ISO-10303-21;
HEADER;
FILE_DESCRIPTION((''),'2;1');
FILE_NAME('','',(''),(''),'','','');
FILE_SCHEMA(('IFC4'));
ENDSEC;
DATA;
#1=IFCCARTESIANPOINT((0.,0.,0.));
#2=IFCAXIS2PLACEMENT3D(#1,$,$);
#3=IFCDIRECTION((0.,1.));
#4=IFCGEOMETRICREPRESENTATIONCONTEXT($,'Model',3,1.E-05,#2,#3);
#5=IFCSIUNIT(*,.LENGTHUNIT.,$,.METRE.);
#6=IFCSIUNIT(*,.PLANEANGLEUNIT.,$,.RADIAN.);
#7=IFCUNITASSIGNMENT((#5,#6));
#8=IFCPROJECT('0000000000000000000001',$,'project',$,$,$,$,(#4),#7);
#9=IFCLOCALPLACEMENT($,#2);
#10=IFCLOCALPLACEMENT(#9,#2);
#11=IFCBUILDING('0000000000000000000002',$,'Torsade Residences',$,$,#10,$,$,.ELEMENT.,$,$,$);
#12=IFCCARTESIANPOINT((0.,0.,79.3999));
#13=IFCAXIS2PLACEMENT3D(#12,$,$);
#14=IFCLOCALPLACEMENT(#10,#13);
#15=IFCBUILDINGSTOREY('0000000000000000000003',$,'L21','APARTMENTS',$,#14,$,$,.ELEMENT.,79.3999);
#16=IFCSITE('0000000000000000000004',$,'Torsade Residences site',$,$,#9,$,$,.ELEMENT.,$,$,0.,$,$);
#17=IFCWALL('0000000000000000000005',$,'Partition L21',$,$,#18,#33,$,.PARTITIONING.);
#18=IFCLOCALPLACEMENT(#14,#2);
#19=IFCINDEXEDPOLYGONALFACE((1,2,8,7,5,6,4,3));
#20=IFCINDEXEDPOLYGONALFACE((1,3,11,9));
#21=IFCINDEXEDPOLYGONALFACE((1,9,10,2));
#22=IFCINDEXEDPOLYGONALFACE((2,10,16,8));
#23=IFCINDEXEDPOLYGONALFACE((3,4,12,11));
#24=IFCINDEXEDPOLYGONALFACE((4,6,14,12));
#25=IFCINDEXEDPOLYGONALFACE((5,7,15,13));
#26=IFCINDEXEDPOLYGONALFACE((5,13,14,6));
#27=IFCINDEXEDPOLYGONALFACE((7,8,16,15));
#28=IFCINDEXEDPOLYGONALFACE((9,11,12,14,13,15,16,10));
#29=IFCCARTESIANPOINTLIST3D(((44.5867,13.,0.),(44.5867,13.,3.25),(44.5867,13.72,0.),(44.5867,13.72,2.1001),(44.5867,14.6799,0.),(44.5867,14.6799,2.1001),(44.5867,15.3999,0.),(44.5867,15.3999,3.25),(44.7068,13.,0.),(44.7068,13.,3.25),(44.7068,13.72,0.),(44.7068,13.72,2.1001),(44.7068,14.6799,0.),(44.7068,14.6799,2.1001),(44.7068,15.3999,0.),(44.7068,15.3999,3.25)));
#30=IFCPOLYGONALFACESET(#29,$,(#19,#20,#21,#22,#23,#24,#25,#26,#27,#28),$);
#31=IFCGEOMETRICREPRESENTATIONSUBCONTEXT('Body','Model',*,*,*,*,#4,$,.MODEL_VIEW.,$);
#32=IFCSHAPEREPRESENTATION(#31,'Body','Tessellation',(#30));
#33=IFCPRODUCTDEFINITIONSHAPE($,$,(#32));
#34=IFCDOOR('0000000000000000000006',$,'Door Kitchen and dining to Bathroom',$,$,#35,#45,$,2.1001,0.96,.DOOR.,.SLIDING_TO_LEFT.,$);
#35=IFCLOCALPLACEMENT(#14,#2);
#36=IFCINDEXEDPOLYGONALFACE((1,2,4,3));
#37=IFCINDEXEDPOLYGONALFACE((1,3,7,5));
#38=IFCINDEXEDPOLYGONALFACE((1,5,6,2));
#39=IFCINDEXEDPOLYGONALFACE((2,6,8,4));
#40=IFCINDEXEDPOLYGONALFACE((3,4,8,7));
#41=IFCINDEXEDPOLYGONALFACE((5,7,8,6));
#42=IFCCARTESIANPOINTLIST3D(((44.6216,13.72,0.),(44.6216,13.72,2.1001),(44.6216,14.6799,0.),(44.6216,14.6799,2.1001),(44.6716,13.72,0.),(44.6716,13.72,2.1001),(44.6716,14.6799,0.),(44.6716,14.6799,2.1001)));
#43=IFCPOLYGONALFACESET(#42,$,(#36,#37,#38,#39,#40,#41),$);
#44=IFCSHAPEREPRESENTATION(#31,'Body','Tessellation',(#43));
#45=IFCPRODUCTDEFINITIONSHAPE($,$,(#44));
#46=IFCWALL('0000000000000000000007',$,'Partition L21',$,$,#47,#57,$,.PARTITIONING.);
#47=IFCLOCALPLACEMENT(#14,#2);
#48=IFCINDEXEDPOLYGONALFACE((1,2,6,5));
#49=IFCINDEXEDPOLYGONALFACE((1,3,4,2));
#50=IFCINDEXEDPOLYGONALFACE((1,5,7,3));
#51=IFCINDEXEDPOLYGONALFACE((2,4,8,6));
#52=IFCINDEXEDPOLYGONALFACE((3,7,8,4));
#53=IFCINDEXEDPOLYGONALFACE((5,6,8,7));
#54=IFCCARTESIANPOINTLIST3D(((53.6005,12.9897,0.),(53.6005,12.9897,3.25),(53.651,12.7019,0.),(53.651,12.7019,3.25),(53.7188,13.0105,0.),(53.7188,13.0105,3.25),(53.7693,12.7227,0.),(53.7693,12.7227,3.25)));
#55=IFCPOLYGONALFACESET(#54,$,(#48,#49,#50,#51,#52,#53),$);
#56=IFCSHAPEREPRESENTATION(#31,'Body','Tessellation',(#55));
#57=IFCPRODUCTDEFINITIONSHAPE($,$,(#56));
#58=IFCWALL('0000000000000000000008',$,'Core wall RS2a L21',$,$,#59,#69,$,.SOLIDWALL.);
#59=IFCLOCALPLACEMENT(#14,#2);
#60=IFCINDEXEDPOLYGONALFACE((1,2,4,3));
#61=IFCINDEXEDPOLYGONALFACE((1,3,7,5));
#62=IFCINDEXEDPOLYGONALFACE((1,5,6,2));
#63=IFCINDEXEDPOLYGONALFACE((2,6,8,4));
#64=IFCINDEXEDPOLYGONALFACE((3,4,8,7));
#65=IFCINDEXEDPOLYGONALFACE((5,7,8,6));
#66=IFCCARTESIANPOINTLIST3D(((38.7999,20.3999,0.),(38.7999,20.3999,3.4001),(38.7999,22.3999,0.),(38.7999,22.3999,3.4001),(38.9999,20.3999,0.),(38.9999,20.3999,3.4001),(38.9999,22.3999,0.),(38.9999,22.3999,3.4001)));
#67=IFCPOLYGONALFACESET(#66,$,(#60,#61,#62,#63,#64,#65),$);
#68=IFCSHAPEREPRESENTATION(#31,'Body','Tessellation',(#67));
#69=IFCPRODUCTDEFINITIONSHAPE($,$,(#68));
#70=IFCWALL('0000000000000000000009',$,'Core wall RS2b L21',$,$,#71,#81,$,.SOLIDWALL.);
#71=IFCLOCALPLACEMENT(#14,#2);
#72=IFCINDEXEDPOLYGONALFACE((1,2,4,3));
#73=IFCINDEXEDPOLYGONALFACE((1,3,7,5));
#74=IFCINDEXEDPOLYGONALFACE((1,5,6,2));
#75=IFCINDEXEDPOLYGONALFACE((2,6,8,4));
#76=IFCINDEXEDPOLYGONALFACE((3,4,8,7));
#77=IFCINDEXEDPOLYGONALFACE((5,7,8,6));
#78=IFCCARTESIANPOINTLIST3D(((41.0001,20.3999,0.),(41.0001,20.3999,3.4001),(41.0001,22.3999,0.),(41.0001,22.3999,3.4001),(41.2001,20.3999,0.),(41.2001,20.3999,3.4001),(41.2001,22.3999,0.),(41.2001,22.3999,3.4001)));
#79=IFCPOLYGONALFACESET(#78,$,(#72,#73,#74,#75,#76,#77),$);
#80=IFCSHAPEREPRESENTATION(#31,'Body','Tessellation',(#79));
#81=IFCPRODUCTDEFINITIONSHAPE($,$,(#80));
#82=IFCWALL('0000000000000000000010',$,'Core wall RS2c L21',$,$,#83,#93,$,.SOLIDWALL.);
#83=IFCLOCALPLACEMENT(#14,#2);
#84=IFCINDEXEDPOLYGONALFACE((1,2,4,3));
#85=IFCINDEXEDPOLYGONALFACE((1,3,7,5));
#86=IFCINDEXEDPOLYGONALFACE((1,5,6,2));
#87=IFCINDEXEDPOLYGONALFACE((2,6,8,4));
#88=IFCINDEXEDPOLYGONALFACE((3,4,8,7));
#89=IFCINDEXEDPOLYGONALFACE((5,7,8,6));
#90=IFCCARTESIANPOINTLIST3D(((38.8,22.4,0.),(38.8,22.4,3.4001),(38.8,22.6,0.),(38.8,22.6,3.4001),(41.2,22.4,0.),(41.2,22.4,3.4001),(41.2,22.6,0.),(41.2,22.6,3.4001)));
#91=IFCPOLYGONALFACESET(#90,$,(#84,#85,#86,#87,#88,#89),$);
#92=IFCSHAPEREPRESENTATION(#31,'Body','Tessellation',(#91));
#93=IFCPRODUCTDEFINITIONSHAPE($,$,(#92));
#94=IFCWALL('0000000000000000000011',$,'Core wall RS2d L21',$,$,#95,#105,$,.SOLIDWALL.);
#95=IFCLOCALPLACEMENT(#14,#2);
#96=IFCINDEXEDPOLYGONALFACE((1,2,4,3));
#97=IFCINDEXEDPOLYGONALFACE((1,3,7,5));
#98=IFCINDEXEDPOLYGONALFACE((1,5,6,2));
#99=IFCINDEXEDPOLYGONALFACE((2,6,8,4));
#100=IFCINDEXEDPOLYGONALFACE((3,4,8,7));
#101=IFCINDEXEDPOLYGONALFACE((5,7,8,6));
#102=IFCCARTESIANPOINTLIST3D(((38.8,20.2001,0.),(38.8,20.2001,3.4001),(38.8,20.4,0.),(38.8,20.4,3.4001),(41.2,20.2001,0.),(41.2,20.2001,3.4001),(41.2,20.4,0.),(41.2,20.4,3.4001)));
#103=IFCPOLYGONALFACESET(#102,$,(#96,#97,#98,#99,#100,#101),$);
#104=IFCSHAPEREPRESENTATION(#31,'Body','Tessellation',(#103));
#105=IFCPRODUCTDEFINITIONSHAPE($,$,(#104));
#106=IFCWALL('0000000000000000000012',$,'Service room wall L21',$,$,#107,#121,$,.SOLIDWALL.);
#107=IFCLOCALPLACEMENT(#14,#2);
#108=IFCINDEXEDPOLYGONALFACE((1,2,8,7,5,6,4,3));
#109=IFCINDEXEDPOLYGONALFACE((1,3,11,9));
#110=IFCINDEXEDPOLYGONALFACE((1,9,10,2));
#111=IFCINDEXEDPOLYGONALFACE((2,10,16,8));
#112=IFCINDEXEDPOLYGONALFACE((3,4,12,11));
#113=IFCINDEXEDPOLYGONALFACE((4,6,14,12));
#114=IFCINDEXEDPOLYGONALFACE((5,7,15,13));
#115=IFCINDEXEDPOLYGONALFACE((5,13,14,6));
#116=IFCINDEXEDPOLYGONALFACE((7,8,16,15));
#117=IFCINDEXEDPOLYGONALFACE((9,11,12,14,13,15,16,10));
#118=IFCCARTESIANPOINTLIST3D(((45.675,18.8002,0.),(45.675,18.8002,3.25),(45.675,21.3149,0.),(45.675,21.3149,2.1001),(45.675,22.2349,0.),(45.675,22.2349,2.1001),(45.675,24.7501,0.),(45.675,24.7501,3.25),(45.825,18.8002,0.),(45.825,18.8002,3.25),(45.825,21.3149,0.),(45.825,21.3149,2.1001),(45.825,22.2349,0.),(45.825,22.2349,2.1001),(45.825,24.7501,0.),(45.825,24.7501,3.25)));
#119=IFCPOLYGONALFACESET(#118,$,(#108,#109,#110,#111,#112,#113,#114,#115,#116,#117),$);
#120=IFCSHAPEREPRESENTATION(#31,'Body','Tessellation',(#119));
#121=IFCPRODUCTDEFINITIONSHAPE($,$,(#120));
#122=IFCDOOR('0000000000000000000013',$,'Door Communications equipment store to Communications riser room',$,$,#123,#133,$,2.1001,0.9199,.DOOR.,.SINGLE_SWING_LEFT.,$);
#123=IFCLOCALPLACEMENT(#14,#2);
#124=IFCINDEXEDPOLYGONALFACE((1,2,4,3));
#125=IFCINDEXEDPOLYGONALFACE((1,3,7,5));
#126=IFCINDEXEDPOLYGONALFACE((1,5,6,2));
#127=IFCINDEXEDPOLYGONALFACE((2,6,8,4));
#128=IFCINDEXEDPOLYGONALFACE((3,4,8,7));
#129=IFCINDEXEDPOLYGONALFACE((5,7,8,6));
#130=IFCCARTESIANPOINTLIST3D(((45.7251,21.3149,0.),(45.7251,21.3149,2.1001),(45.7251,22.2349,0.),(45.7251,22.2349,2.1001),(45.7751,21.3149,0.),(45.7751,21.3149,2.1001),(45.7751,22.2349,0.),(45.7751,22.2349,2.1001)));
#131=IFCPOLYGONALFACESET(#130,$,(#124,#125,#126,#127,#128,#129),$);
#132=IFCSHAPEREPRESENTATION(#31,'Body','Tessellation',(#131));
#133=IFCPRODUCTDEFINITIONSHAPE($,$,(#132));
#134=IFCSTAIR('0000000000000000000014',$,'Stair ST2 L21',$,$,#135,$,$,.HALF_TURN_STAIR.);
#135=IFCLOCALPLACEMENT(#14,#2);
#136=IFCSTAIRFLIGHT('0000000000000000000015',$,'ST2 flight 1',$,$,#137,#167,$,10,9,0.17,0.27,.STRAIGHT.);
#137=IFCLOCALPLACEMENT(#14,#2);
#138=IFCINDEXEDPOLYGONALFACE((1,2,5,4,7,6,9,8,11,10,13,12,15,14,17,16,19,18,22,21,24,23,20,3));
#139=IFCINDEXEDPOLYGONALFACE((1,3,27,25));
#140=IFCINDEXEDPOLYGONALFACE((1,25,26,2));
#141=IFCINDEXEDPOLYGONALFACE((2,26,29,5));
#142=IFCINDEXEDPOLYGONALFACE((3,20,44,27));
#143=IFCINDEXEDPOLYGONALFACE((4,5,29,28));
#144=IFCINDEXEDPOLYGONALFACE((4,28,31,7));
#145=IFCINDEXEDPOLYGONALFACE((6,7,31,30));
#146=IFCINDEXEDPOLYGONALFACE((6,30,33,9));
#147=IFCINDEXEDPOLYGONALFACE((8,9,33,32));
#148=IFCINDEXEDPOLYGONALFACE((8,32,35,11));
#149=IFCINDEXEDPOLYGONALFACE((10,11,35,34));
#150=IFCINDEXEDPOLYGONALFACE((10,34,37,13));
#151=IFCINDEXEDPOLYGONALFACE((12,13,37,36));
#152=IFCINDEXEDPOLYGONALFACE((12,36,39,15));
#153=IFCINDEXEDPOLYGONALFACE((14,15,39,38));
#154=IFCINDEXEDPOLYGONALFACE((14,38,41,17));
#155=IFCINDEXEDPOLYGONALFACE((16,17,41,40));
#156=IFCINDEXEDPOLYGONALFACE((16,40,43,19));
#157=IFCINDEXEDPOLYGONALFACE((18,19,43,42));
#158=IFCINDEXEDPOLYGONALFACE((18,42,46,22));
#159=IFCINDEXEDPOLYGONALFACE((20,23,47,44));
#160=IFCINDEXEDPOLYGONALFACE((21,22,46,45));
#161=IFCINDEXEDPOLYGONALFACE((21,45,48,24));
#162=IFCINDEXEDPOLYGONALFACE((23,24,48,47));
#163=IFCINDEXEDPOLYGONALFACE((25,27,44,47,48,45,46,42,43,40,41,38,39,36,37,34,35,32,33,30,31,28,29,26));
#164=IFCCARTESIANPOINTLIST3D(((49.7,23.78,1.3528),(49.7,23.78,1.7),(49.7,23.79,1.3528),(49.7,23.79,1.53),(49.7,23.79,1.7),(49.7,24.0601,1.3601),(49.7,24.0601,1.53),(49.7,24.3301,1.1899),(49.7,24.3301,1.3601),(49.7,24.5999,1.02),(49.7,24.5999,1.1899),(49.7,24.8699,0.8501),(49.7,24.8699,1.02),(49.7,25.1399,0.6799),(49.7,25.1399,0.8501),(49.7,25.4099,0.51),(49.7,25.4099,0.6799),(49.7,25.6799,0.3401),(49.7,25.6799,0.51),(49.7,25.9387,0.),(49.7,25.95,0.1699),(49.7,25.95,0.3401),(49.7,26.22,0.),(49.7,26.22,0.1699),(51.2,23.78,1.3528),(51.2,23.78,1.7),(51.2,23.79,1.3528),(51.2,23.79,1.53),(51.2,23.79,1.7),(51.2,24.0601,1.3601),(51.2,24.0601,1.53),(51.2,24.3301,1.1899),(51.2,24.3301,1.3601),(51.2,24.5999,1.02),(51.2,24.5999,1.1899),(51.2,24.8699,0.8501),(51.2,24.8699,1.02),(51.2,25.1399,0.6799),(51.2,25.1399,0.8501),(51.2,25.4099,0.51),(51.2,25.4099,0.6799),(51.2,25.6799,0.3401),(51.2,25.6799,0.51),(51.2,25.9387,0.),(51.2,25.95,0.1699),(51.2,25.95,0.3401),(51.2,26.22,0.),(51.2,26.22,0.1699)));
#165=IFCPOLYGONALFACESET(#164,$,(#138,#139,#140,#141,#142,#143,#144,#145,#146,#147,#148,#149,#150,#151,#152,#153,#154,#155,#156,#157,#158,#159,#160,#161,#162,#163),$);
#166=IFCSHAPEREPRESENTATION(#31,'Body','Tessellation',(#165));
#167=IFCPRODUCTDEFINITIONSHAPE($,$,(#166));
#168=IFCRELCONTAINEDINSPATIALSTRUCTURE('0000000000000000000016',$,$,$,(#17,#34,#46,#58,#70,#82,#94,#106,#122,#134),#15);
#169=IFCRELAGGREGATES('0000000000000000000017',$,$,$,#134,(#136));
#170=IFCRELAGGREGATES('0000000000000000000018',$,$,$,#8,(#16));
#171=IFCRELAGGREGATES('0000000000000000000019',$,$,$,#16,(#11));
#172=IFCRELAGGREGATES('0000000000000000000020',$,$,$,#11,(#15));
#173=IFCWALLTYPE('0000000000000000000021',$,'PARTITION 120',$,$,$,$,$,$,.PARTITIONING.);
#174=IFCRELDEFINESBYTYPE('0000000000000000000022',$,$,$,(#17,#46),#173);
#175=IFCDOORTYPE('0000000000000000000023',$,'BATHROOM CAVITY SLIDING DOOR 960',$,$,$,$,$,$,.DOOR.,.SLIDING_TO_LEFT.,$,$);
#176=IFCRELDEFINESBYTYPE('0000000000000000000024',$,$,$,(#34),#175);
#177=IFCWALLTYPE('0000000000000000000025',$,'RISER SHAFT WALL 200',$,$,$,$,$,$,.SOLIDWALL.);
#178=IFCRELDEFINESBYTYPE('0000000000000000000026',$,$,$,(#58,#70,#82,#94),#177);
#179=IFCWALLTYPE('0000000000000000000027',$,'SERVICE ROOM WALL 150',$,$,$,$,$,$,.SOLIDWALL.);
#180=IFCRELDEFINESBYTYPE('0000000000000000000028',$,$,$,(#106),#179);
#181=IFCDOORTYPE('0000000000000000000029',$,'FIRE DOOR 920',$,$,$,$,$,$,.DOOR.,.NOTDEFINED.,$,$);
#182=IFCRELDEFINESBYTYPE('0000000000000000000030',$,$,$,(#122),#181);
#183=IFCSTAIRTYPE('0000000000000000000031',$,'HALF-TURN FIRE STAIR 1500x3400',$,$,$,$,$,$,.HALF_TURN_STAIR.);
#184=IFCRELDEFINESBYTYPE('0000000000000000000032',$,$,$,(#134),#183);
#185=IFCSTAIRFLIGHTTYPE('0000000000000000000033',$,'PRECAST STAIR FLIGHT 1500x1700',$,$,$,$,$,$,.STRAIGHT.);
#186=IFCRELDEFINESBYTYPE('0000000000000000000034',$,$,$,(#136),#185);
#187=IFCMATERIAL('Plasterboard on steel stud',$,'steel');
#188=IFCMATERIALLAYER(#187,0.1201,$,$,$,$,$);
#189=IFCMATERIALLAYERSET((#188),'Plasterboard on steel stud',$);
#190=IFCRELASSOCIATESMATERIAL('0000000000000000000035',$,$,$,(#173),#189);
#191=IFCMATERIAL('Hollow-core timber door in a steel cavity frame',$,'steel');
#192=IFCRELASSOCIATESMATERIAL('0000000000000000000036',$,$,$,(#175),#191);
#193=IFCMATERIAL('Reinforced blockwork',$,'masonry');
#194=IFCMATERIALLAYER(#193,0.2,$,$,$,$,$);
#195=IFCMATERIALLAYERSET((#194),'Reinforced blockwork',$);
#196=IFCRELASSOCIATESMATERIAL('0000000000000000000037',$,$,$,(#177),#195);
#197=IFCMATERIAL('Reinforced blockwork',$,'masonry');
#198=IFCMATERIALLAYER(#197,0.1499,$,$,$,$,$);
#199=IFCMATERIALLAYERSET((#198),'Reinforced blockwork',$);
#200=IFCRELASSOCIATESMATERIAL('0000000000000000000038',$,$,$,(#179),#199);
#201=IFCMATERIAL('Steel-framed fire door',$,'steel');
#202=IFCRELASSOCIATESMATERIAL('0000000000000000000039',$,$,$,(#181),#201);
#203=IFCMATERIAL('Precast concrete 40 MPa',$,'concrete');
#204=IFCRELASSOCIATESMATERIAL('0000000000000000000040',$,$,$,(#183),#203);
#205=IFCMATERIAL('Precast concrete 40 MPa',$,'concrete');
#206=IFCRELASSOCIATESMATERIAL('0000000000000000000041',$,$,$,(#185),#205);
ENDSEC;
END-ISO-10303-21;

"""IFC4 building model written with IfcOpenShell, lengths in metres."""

from ifc_helpers import new_model, si_unit, direction, frame, frame_2d, origin, place, context, subcontext, project, spatial, polyline, rectangle, outline, extrude, material, layer, layer_set, type_object, element, fill, aggregate, save


model = new_model("IFC4")

# Units and contexts
model_context = context("Model", 3, precision=1e-05, world=origin(), true_north=direction((0.0, 1.0)))
body_context = subcontext(model_context, "Body", "Model", "MODEL_VIEW")
ifc_project = project(units=[si_unit("LENGTHUNIT", "METRE"), si_unit("PLANEANGLEUNIT", "RADIAN")], contexts=[model_context])

# Site, building, storey
site_placement = place(None, origin())
site = spatial("IfcSite", under=ifc_project, at=site_placement, Name="Torsade Residences site", CompositionType="ELEMENT", RefElevation=0.0)
building_placement = place(site_placement, origin())
building = spatial("IfcBuilding", under=site, at=building_placement, Name="Torsade Residences", CompositionType="ELEMENT")
storey_placement = place(building_placement, frame((0.0, 0.0, 79.3999)))
storey = spatial("IfcBuildingStorey", under=building, at=storey_placement, Name="L21", Description="APARTMENTS", CompositionType="ELEMENT", Elevation=79.3999)

# Wall, opening, door
ifc_material_1 = material(Name="Plasterboard on steel stud", Category="steel")
ifc_layer_1 = layer(ifc_material_1, 0.1201)
ifc_layer_set_1 = layer_set([ifc_layer_1], Name="Plasterboard on steel stud")
wall_type_1 = type_object("IfcWallType", Name="PARTITION 120", PredefinedType="PARTITIONING", material=ifc_layer_set_1)
wall_1_placement = place(storey_placement, frame((44.6467, 15.3999, 0.0), z_axis=(0.0, 0.0, 1.0), x_axis=(0.0, -1.0, 0.0)))
wall_1 = element("IfcWall", 1, at=wall_1_placement, inside=storey, type_object=wall_type_1, Name="Partition L21", PredefinedType="PARTITIONING", context=body_context, shape_type="SweptSolid", body=[
    extrude(rectangle(XDim=2.3999, YDim=0.1201, at=frame_2d((1.2, 0.0))), origin(), (0.0, 0.0, 1.0), 3.25),
])
opening_1_placement = place(wall_1_placement, frame((0.72, 0.0, 0.0)))
opening_1 = element("IfcOpeningElement", 2, at=opening_1_placement, cuts=wall_1, PredefinedType="OPENING", context=body_context, shape_type="SweptSolid", body=[
    extrude(rectangle(XDim=0.96, YDim=2.1001, at=frame_2d((0.48, 1.05))), frame((0.0, 0.0701, 0.0), z_axis=(0.0, -1.0, 0.0), x_axis=(1.0, 0.0, 0.0)), (0.0, 0.0, 1.0), 0.1401),
])
ifc_material_2 = material(Name="Hollow-core timber door in a steel cavity frame", Category="steel")
door_type_1 = type_object("IfcDoorType", Name="BATHROOM CAVITY SLIDING DOOR 960", OperationType="SLIDING_TO_LEFT", PredefinedType="DOOR", material=ifc_material_2)
door_1_placement = place(opening_1_placement, origin())
door_1 = element("IfcDoor", 3, at=door_1_placement, inside=storey, type_object=door_type_1, Name="Door Kitchen and dining to Bathroom", OperationType="SLIDING_TO_LEFT", OverallHeight=2.1001, OverallWidth=0.96, PredefinedType="DOOR", context=body_context, shape_type="SweptSolid", body=[
    extrude(rectangle(XDim=0.96, YDim=2.1001, at=frame_2d((0.48, 1.05))), frame((0.0, 0.0249, 0.0), z_axis=(0.0, -1.0, 0.0), x_axis=(1.0, 0.0, 0.0)), (0.0, 0.0, 1.0), 0.05),
])
fill(opening_1, door_1)

# Walls
wall_2_placement = place(storey_placement, frame((53.6597, 13.0, 0.0), z_axis=(0.0, 0.0, 1.0), x_axis=(0.172927, -0.984935, 0.0)))
element("IfcWall", 4, at=wall_2_placement, inside=storey, type_object=wall_type_1, Name="Partition L21", PredefinedType="PARTITIONING", context=body_context, shape_type="SweptSolid", body=[
    extrude(rectangle(XDim=0.2922, YDim=0.1201, at=frame_2d((0.146, 0.0))), origin(), (0.0, 0.0, 1.0), 3.25),
])
ifc_material_3 = material(Name="Reinforced blockwork", Category="masonry")
ifc_layer_2 = layer(ifc_material_3, 0.2)
ifc_layer_set_2 = layer_set([ifc_layer_2], Name="Reinforced blockwork")
wall_type_2 = type_object("IfcWallType", Name="RISER SHAFT WALL 200", PredefinedType="SOLIDWALL", material=ifc_layer_set_2)
for number, where, z_axis, x_axis, name in (
    (5, (38.8999, 22.3999, 0.0), (0.0, 0.0, 1.0), (0.0, -1.0, 0.0), "Core wall RS2a L21"),
    (6, (41.1001, 22.3999, 0.0), (0.0, 0.0, 1.0), (0.0, -1.0, 0.0), "Core wall RS2b L21"),
):
    element("IfcWall", number, at=place(storey_placement, frame(where, z_axis=z_axis, x_axis=x_axis)), inside=storey, type_object=wall_type_2, Name=name, PredefinedType="SOLIDWALL", context=body_context, shape_type="SweptSolid", body=[
        extrude(rectangle(XDim=2.0, YDim=0.2, at=frame_2d((1.0, 0.0))), origin(), (0.0, 0.0, 1.0), 3.4001),
    ])
for number, where, z_axis, x_axis, name in (
    (7, (38.8, 22.5, 0.0), (0.0, 0.0, 1.0), (1.0, 0.0, 0.0), "Core wall RS2c L21"),
    (8, (38.8, 20.3, 0.0), (0.0, 0.0, 1.0), (1.0, 0.0, 0.0), "Core wall RS2d L21"),
):
    element("IfcWall", number, at=place(storey_placement, frame(where, z_axis=z_axis, x_axis=x_axis)), inside=storey, type_object=wall_type_2, Name=name, PredefinedType="SOLIDWALL", context=body_context, shape_type="SweptSolid", body=[
        extrude(rectangle(XDim=2.3999, YDim=0.2, at=frame_2d((1.2, 0.0))), origin(), (0.0, 0.0, 1.0), 3.4001),
    ])

# Wall, opening, door
ifc_material_4 = material(Name="Reinforced blockwork", Category="masonry")
ifc_layer_3 = layer(ifc_material_4, 0.1499)
ifc_layer_set_3 = layer_set([ifc_layer_3], Name="Reinforced blockwork")
wall_type_3 = type_object("IfcWallType", Name="SERVICE ROOM WALL 150", PredefinedType="SOLIDWALL", material=ifc_layer_set_3)
wall_3_placement = place(storey_placement, frame((45.75, 18.8, 0.0), z_axis=(0.0, 0.0, 1.0), x_axis=(0.0, 1.0, 0.0)))
wall_3 = element("IfcWall", 9, at=wall_3_placement, inside=storey, type_object=wall_type_3, Name="Service room wall L21", PredefinedType="SOLIDWALL", context=body_context, shape_type="SweptSolid", body=[
    extrude(rectangle(XDim=5.95, YDim=0.1499, at=frame_2d((2.9751, 0.0))), origin(), (0.0, 0.0, 1.0), 3.25),
])
opening_2_placement = place(wall_3_placement, frame((2.5149, 0.0, 0.0)))
opening_2 = element("IfcOpeningElement", 10, at=opening_2_placement, cuts=wall_3, PredefinedType="OPENING", context=body_context, shape_type="SweptSolid", body=[
    extrude(rectangle(XDim=0.9199, YDim=2.1001, at=frame_2d((0.46, 1.05))), frame((0.0, 0.085, 0.0), z_axis=(0.0, -1.0, 0.0), x_axis=(1.0, 0.0, 0.0)), (0.0, 0.0, 1.0), 0.1699),
])
ifc_material_5 = material(Name="Steel-framed fire door", Category="steel")
door_type_2 = type_object("IfcDoorType", Name="FIRE DOOR 920", OperationType="NOTDEFINED", PredefinedType="DOOR", material=ifc_material_5)
door_2_placement = place(opening_2_placement, origin())
door_2 = element("IfcDoor", 11, at=door_2_placement, inside=storey, type_object=door_type_2, Name="Door Communications equipment store to Communications riser room", OperationType="SINGLE_SWING_LEFT", OverallHeight=2.1001, OverallWidth=0.9199, PredefinedType="DOOR", context=body_context, shape_type="SweptSolid", body=[
    extrude(rectangle(XDim=0.9199, YDim=2.1001, at=frame_2d((0.46, 1.05))), frame((0.0, 0.0249, 0.0), z_axis=(0.0, -1.0, 0.0), x_axis=(1.0, 0.0, 0.0)), (0.0, 0.0, 1.0), 0.05),
])
fill(opening_2, door_2)

# Stair, stair flight
ifc_material_6 = material(Name="Precast concrete 40 MPa", Category="concrete")
stair_type = type_object("IfcStairType", Name="HALF-TURN FIRE STAIR 1500x3400", PredefinedType="HALF_TURN_STAIR", material=ifc_material_6)
stair_placement = place(storey_placement, origin())
stair = element("IfcStair", 12, at=stair_placement, inside=storey, type_object=stair_type, Name="Stair ST2 L21", PredefinedType="HALF_TURN_STAIR")
ifc_material_7 = material(Name="Precast concrete 40 MPa", Category="concrete")
stair_flight_type = type_object("IfcStairFlightType", Name="PRECAST STAIR FLIGHT 1500x1700", PredefinedType="STRAIGHT", material=ifc_material_7)
stair_flight_1_placement = place(storey_placement, frame((50.45, 26.22, 0.0), z_axis=(0.0, 0.0, 1.0), x_axis=(0.0, -1.0, 0.0)))
stair_flight_1 = element("IfcStairFlight", 13, at=stair_flight_1_placement, type_object=stair_flight_type, Name="ST2 flight 1", NumberOfRisers=10, NumberOfTreads=9, PredefinedType="STRAIGHT", RiserHeight=0.17, TreadLength=0.27, context=body_context, shape_type="SweptSolid", body=[
    extrude(outline(polyline([(0.0, 0.0), (0.0, 0.1699), (0.27, 0.1699), (0.27, 0.3401), (0.54, 0.3401), (0.54, 0.51), (0.8101, 0.51), (0.8101, 0.6799), (1.0801, 0.6799), (1.0801, 0.8501), (1.3501, 0.8501), (1.3501, 1.02), (1.6201, 1.02), (1.6201, 1.1899), (1.8899, 1.1899), (1.8899, 1.3601), (2.1599, 1.3601), (2.1599, 1.53), (2.4299, 1.53), (2.4299, 1.7), (2.4399, 1.7), (2.4399, 1.3528), (2.4299, 1.3528), (0.2812, 0.0), (0.0, 0.0)])), frame((0.0, 0.75, 0.0), z_axis=(0.0, -1.0, 0.0), x_axis=(1.0, 0.0, 0.0)), (0.0, 0.0, 1.0), 1.5),
])
aggregate(stair, [stair_flight_1])

save(model, "model.ifc")
